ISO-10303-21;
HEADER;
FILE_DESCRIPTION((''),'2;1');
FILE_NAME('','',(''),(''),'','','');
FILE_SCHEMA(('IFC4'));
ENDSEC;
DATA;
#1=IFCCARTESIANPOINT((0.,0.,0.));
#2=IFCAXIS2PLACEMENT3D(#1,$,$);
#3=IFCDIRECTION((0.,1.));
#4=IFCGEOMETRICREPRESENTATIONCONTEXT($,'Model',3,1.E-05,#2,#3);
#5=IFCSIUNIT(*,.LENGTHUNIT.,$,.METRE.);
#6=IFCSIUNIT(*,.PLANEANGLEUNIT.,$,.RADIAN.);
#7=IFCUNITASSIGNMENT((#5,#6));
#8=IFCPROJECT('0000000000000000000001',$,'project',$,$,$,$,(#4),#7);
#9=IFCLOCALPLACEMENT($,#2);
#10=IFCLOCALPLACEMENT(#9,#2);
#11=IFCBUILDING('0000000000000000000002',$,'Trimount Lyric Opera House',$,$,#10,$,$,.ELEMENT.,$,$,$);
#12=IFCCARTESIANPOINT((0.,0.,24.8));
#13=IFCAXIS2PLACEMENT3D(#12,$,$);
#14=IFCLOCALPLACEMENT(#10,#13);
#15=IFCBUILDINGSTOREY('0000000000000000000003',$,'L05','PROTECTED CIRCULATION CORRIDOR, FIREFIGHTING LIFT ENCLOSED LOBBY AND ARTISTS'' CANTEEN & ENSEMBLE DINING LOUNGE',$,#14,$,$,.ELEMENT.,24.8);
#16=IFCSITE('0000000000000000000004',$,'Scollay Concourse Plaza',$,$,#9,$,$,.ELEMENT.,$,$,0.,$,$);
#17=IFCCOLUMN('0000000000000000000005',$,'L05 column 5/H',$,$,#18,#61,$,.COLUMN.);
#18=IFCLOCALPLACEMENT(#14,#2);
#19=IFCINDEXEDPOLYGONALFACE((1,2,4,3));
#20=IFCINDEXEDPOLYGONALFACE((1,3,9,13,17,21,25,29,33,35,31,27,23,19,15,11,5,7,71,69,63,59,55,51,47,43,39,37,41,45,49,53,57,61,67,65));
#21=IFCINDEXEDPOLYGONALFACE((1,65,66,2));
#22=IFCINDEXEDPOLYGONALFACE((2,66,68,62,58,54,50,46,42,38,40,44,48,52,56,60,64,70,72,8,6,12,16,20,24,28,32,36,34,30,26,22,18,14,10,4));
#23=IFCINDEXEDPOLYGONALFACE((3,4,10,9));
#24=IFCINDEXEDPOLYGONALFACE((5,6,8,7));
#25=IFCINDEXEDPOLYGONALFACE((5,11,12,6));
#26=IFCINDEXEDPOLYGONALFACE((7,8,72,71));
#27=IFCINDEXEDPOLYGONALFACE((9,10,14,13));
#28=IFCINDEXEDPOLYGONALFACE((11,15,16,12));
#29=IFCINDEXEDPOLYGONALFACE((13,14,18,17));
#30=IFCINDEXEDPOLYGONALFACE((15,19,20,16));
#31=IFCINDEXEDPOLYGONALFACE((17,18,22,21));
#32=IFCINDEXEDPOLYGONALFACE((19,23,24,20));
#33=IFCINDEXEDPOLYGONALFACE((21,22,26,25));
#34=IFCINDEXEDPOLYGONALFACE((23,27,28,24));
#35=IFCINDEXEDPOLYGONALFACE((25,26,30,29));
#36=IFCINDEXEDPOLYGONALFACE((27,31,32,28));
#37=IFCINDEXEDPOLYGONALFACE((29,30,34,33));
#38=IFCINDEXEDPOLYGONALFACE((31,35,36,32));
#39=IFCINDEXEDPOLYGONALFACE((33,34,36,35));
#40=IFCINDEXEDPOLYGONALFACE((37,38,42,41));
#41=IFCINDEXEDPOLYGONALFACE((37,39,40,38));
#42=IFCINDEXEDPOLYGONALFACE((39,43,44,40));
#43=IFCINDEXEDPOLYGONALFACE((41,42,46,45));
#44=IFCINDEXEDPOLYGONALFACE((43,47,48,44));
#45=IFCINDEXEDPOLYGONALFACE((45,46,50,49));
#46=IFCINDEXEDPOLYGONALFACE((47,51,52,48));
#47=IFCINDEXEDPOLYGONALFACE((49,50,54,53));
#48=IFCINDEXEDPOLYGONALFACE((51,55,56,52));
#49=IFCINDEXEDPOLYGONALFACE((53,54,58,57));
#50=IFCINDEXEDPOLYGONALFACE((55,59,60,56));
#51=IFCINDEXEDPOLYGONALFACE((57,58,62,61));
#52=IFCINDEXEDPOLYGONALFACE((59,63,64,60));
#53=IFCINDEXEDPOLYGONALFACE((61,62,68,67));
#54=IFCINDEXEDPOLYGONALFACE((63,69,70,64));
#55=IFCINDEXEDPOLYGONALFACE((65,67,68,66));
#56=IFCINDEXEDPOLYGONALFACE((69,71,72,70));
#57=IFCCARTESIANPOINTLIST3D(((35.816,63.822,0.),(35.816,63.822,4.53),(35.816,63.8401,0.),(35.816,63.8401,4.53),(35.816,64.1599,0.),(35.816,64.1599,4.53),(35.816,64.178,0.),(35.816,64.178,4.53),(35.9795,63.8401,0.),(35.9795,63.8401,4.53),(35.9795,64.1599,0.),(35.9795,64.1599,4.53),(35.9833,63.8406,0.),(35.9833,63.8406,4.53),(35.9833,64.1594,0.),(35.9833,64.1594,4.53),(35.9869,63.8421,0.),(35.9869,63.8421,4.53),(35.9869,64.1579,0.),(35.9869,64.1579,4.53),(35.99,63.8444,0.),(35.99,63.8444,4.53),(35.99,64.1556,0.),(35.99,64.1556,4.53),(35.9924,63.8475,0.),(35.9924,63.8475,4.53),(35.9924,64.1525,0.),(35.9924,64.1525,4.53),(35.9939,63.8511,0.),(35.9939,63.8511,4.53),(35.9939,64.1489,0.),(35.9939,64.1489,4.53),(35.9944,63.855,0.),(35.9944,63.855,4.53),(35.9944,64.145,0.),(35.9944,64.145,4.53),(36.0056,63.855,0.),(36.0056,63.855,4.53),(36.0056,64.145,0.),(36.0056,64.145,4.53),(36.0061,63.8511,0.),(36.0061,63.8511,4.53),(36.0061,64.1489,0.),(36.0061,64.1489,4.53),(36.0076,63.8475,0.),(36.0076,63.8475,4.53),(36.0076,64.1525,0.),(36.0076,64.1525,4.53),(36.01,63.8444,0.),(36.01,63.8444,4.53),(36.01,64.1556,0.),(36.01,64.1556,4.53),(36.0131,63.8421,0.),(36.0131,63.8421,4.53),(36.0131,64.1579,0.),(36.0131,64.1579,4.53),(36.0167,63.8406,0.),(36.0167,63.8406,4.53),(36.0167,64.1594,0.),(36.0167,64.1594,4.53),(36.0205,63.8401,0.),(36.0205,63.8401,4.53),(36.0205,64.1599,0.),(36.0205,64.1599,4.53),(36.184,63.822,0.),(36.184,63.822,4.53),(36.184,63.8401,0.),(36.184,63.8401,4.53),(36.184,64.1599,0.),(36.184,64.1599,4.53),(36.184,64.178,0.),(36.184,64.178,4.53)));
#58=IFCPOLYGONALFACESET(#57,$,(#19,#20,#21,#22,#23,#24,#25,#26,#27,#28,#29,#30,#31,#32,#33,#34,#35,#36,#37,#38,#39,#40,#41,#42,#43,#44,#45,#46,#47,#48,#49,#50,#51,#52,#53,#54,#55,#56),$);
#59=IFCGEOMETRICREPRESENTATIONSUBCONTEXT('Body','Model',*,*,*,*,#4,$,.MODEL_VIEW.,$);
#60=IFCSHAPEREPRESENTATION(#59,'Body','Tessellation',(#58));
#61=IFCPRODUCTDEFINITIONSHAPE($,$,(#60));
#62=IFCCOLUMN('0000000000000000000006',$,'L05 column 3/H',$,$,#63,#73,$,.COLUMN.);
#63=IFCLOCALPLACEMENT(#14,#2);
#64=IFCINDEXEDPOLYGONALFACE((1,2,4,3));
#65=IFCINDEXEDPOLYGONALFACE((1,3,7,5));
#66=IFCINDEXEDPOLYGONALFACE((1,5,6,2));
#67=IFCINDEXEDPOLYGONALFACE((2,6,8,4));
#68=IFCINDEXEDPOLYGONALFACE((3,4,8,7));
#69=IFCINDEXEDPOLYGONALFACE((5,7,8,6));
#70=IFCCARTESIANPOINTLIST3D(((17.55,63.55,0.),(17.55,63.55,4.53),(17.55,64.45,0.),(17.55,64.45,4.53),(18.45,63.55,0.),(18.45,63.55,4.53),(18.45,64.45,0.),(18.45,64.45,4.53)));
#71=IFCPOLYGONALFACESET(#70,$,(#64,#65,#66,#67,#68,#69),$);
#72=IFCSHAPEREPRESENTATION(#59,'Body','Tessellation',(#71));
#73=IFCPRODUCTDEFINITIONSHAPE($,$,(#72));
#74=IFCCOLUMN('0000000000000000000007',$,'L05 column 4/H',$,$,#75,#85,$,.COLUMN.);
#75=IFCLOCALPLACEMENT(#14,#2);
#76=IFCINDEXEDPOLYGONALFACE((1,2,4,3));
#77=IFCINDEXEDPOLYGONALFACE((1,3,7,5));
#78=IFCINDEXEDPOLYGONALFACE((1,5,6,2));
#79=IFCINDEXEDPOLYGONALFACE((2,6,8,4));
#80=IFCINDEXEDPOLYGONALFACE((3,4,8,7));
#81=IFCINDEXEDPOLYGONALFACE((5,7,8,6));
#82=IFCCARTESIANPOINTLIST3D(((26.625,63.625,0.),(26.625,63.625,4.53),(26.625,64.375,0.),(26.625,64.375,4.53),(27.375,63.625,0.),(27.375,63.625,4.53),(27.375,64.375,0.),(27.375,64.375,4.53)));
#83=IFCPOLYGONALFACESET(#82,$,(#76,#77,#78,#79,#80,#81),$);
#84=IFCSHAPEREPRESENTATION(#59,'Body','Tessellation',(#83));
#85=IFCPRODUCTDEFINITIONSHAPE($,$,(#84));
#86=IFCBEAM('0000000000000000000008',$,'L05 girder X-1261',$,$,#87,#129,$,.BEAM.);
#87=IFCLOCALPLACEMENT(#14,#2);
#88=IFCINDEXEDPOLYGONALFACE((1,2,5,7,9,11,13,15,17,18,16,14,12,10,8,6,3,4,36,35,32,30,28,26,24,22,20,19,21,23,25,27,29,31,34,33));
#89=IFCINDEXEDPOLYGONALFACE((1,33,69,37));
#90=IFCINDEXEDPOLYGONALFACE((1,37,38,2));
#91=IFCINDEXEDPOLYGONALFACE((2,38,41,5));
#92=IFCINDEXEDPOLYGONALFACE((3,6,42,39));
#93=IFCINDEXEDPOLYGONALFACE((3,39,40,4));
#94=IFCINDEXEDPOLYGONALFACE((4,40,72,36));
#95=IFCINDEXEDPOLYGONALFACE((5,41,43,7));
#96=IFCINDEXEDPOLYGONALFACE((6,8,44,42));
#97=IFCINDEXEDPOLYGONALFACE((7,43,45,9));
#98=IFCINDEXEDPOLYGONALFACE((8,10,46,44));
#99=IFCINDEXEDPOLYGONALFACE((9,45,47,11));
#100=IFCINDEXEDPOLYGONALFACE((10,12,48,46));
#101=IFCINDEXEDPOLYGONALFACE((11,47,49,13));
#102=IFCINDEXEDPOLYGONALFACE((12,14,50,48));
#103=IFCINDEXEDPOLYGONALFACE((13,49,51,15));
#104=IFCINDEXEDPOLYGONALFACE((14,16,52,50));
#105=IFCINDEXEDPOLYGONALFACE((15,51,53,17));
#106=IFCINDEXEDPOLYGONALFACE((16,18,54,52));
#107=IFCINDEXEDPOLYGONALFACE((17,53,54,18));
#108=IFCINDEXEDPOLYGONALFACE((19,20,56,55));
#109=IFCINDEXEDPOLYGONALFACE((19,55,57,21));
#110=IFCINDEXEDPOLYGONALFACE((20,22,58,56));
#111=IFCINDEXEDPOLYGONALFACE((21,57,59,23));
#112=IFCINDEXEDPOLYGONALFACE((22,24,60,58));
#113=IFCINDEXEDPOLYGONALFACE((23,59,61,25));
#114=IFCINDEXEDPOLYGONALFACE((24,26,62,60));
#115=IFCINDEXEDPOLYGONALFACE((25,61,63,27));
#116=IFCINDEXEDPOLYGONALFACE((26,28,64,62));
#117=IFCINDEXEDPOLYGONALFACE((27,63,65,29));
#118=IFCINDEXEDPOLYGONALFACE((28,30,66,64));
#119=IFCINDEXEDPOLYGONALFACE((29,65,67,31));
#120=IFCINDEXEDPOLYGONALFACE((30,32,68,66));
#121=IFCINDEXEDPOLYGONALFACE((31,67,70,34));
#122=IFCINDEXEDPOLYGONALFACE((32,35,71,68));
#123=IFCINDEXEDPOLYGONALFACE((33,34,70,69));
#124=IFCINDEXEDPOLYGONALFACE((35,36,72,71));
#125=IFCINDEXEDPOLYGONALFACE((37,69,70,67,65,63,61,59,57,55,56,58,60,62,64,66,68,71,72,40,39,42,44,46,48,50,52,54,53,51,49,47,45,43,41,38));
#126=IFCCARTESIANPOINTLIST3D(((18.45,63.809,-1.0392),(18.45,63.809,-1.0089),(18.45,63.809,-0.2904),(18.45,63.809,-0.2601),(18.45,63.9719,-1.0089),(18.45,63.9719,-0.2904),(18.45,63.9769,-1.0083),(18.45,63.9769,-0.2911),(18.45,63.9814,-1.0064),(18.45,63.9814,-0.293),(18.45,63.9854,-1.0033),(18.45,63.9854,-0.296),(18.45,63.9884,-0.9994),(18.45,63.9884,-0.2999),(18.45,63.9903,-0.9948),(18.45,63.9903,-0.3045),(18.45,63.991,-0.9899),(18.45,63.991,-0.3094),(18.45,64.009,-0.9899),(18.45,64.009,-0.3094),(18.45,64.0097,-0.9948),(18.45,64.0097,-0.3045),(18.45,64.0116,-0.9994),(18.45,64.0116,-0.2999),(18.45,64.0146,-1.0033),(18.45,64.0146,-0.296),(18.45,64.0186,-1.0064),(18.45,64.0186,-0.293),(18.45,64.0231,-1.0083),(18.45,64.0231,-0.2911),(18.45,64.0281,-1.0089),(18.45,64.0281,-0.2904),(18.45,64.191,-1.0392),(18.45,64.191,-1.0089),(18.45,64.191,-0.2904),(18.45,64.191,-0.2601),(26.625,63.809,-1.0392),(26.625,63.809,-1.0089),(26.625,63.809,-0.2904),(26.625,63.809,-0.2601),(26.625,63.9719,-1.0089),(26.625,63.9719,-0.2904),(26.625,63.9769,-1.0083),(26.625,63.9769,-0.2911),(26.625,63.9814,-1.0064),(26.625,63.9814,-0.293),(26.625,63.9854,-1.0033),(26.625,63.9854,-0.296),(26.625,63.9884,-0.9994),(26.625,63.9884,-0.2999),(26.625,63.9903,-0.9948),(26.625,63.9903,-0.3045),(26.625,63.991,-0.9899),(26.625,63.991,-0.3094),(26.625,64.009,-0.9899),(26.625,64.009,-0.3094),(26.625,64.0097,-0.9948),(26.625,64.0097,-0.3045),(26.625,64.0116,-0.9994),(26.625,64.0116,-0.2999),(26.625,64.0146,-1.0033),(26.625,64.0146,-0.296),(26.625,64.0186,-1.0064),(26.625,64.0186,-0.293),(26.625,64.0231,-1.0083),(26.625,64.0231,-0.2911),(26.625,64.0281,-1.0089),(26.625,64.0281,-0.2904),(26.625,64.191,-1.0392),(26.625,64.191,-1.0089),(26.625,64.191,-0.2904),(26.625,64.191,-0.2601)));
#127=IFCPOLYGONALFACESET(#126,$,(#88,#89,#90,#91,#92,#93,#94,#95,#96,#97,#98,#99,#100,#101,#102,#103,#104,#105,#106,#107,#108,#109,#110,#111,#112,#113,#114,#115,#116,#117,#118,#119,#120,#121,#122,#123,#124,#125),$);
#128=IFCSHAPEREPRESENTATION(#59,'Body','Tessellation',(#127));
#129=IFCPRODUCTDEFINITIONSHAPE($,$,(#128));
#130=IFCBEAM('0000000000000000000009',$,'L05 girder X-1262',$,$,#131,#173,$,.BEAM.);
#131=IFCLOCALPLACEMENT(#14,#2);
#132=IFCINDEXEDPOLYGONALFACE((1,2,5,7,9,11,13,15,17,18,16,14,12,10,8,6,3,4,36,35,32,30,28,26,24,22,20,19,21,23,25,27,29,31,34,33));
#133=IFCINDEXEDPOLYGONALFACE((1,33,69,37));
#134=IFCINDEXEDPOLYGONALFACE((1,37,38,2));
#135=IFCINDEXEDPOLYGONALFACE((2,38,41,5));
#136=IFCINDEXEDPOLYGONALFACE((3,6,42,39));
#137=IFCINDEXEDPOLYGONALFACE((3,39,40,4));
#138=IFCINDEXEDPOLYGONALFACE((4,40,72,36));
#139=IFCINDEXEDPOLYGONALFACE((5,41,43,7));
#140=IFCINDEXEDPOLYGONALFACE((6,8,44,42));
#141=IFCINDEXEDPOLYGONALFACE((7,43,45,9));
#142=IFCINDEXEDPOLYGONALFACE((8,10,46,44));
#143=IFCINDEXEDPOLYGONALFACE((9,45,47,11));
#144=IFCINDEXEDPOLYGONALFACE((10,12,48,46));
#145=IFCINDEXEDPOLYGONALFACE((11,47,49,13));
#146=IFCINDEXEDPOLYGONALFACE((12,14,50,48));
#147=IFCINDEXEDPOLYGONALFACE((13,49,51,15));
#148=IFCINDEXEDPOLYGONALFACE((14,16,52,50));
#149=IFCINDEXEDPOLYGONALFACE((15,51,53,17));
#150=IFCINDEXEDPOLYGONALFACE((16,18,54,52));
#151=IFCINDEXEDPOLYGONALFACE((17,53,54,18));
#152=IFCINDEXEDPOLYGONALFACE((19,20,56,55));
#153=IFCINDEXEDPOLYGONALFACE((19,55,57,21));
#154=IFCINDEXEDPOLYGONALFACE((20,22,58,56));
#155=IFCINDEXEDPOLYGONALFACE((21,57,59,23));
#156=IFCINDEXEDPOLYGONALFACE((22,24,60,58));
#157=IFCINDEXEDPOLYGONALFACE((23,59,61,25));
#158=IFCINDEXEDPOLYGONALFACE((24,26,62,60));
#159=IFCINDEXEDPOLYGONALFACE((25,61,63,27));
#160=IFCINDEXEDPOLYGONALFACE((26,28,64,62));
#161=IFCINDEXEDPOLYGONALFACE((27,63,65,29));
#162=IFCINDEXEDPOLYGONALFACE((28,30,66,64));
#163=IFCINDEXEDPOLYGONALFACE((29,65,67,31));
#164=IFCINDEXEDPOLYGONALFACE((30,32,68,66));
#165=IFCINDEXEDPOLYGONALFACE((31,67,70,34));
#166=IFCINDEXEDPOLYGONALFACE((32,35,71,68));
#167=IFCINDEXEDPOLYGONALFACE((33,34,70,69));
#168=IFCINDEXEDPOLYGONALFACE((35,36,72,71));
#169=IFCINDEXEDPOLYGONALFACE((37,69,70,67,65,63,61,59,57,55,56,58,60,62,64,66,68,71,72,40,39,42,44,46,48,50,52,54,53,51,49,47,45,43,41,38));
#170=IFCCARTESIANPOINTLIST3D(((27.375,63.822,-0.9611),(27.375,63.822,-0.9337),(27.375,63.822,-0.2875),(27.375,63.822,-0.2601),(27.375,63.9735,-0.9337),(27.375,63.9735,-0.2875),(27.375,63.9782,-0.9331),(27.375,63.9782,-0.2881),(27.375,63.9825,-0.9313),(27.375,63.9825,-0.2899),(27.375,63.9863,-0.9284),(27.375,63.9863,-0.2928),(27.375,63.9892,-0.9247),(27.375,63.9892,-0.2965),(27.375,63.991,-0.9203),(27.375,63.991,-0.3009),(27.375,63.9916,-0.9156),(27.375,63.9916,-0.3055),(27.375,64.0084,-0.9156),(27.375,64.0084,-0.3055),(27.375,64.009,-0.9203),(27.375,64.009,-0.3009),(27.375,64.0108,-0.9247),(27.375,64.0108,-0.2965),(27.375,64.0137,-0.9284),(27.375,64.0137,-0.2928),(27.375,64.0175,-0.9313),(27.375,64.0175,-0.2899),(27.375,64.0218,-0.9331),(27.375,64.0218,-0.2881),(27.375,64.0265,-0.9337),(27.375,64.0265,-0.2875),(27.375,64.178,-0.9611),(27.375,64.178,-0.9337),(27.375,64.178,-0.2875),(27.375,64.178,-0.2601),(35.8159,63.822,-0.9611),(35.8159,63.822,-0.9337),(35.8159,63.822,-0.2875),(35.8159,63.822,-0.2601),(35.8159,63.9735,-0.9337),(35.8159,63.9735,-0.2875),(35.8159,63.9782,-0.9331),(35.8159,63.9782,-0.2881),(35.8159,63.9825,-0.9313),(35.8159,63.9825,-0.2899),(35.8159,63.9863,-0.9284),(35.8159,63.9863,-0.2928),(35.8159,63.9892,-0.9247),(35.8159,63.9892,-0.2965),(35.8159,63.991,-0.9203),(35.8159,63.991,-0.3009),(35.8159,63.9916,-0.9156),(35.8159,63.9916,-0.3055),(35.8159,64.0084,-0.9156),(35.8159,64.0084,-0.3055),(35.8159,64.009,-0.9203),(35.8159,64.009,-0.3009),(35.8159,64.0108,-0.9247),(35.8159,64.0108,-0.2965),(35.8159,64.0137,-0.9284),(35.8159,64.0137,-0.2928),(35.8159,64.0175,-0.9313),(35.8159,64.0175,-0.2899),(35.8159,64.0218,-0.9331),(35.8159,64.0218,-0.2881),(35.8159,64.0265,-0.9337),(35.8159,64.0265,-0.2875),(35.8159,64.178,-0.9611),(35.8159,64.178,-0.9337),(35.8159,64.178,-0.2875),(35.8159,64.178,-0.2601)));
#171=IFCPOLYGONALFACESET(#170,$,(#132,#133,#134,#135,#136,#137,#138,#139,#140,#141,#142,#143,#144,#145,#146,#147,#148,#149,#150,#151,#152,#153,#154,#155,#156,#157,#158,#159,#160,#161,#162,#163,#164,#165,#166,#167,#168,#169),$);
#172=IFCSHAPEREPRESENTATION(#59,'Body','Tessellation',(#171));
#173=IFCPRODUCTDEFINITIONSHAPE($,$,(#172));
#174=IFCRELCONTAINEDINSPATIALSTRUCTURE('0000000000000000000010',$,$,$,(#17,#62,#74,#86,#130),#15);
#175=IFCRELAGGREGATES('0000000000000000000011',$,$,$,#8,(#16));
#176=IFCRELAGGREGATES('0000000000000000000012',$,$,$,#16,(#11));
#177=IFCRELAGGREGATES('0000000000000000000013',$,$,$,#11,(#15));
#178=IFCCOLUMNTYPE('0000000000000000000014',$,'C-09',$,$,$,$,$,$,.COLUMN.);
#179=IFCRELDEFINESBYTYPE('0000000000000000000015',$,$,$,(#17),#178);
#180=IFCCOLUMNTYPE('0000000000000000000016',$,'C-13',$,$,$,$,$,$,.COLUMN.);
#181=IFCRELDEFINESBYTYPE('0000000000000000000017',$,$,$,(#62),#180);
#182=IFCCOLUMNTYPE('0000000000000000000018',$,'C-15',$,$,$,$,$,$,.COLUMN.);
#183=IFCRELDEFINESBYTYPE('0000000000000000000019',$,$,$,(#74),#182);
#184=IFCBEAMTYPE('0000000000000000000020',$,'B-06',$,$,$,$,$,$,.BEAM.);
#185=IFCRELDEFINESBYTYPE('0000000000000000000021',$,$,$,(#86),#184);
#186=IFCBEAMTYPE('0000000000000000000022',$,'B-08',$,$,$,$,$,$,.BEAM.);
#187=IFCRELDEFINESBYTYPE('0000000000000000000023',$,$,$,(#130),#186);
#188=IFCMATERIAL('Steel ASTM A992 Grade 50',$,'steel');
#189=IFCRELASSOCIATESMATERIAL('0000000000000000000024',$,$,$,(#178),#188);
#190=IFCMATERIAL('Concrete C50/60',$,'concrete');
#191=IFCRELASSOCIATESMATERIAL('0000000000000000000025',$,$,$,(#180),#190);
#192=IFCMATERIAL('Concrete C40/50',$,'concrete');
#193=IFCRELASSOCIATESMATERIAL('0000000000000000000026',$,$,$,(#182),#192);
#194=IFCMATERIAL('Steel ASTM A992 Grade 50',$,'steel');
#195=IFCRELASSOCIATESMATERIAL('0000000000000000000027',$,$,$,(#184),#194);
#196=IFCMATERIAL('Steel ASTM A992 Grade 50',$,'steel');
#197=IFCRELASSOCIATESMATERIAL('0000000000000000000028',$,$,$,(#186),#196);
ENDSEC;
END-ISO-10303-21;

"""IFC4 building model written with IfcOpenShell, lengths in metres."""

from ifc_helpers import new_model, si_unit, direction, frame, origin, origin_2d, place, context, subcontext, project, spatial, rectangle, i_section, extrude, material, material_profile, profile_set, type_object, element, save


model = new_model("IFC4")

# Units and contexts
model_context = context("Model", 3, precision=1e-05, world=origin(), true_north=direction((0.0, 1.0)))
body_context = subcontext(model_context, "Body", "Model", "MODEL_VIEW")
ifc_project = project(units=[si_unit("LENGTHUNIT", "METRE"), si_unit("PLANEANGLEUNIT", "RADIAN")], contexts=[model_context])

# Site, building, storey
site_placement = place(None, origin())
site = spatial("IfcSite", under=ifc_project, at=site_placement, Name="Scollay Concourse Plaza", CompositionType="ELEMENT", RefElevation=0.0)
building_placement = place(site_placement, origin())
building = spatial("IfcBuilding", under=site, at=building_placement, Name="Trimount Lyric Opera House", CompositionType="ELEMENT")
storey_placement = place(building_placement, frame((0.0, 0.0, 24.8)))
storey = spatial("IfcBuildingStorey", under=building, at=storey_placement, Name="L05", Description="PROTECTED CIRCULATION CORRIDOR, FIREFIGHTING LIFT ENCLOSED LOBBY AND ARTISTS' CANTEEN & ENSEMBLE DINING LOUNGE", CompositionType="ELEMENT", Elevation=24.8)

# Columns
ifc_material_1 = material(Name="Steel ASTM A992 Grade 50", Category="steel")
ifc_material_profile_1 = material_profile(ifc_material_1, i_section(OverallWidth=0.3679, OverallDepth=0.356, WebThickness=0.0112, FlangeThickness=0.0181, FilletRadius=0.0149, at=origin_2d()), Name="W14X90")
ifc_profile_set_1 = profile_set([ifc_material_profile_1], Name="Steel ASTM A992 Grade 50")
column_type_1 = type_object("IfcColumnType", Name="C-09", PredefinedType="COLUMN", material=ifc_profile_set_1)
column_1_placement = place(storey_placement, frame((36.0, 64.0, 0.0), z_axis=(0.0, 0.0, 1.0), x_axis=(1.0, 0.0, 0.0)))
element("IfcColumn", 1, at=column_1_placement, inside=storey, type_object=column_type_1, Name="L05 column 5/H", PredefinedType="COLUMN", context=body_context, shape_type="SweptSolid", body=[
    extrude(i_section(OverallWidth=0.3679, OverallDepth=0.356, WebThickness=0.0112, FlangeThickness=0.0181, FilletRadius=0.0149, at=origin_2d()), origin(), (0.0, 0.0, 1.0), 4.53),
])
ifc_material_2 = material(Name="Concrete C50/60", Category="concrete")
ifc_material_profile_2 = material_profile(ifc_material_2, rectangle(XDim=0.8999, YDim=0.8999, at=origin_2d()), Name="RC900X900")
ifc_profile_set_2 = profile_set([ifc_material_profile_2], Name="Concrete C50/60")
column_type_2 = type_object("IfcColumnType", Name="C-13", PredefinedType="COLUMN", material=ifc_profile_set_2)
column_2_placement = place(storey_placement, frame((18.0, 64.0, 0.0), z_axis=(0.0, 0.0, 1.0), x_axis=(1.0, 0.0, 0.0)))
element("IfcColumn", 2, at=column_2_placement, inside=storey, type_object=column_type_2, Name="L05 column 3/H", PredefinedType="COLUMN", context=body_context, shape_type="SweptSolid", body=[
    extrude(rectangle(XDim=0.8999, YDim=0.8999, at=origin_2d()), origin(), (0.0, 0.0, 1.0), 4.53),
])
ifc_material_3 = material(Name="Concrete C40/50", Category="concrete")
ifc_material_profile_3 = material_profile(ifc_material_3, rectangle(XDim=0.75, YDim=0.75, at=origin_2d()), Name="RC750X750")
ifc_profile_set_3 = profile_set([ifc_material_profile_3], Name="Concrete C40/50")
column_type_3 = type_object("IfcColumnType", Name="C-15", PredefinedType="COLUMN", material=ifc_profile_set_3)
column_3_placement = place(storey_placement, frame((27.0, 64.0, 0.0), z_axis=(0.0, 0.0, 1.0), x_axis=(1.0, 0.0, 0.0)))
element("IfcColumn", 3, at=column_3_placement, inside=storey, type_object=column_type_3, Name="L05 column 4/H", PredefinedType="COLUMN", context=body_context, shape_type="SweptSolid", body=[
    extrude(rectangle(XDim=0.75, YDim=0.75, at=origin_2d()), origin(), (0.0, 0.0, 1.0), 4.53),
])

# Beams
ifc_material_4 = material(Name="Steel ASTM A992 Grade 50", Category="steel")
ifc_material_profile_4 = material_profile(ifc_material_4, i_section(OverallWidth=0.3821, OverallDepth=0.7791, WebThickness=0.0181, FlangeThickness=0.0303, FilletRadius=0.019, at=origin_2d()), Name="W30X191")
ifc_profile_set_4 = profile_set([ifc_material_profile_4], Name="Steel ASTM A992 Grade 50")
beam_type_1 = type_object("IfcBeamType", Name="B-06", PredefinedType="BEAM", material=ifc_profile_set_4)
beam_1_placement = place(storey_placement, frame((18.45, 64.0, -0.6497), z_axis=(1.0, 0.0, 0.0), x_axis=(0.0, 1.0, 0.0)))
element("IfcBeam", 4, at=beam_1_placement, inside=storey, type_object=beam_type_1, Name="L05 girder X-1261", PredefinedType="BEAM", context=body_context, shape_type="SweptSolid", body=[
    extrude(i_section(OverallWidth=0.3821, OverallDepth=0.7791, WebThickness=0.0181, FlangeThickness=0.0303, FilletRadius=0.019, at=origin_2d()), origin(), (0.0, 0.0, 1.0), 8.175),
])
ifc_material_5 = material(Name="Steel ASTM A992 Grade 50", Category="steel")
ifc_material_profile_5 = material_profile(ifc_material_5, i_section(OverallWidth=0.356, OverallDepth=0.7009, WebThickness=0.0168, FlangeThickness=0.0273, FilletRadius=0.0181, at=origin_2d()), Name="W27X161")
ifc_profile_set_5 = profile_set([ifc_material_profile_5], Name="Steel ASTM A992 Grade 50")
beam_type_2 = type_object("IfcBeamType", Name="B-08", PredefinedType="BEAM", material=ifc_profile_set_5)
beam_2_placement = place(storey_placement, frame((27.375, 64.0, -0.6106), z_axis=(1.0, 0.0, 0.0), x_axis=(0.0, 1.0, 0.0)))
element("IfcBeam", 5, at=beam_2_placement, inside=storey, type_object=beam_type_2, Name="L05 girder X-1262", PredefinedType="BEAM", context=body_context, shape_type="SweptSolid", body=[
    extrude(i_section(OverallWidth=0.356, OverallDepth=0.7009, WebThickness=0.0168, FlangeThickness=0.0273, FilletRadius=0.0181, at=origin_2d()), origin(), (0.0, 0.0, 1.0), 8.4409),
])

save(model, "model.ifc")
